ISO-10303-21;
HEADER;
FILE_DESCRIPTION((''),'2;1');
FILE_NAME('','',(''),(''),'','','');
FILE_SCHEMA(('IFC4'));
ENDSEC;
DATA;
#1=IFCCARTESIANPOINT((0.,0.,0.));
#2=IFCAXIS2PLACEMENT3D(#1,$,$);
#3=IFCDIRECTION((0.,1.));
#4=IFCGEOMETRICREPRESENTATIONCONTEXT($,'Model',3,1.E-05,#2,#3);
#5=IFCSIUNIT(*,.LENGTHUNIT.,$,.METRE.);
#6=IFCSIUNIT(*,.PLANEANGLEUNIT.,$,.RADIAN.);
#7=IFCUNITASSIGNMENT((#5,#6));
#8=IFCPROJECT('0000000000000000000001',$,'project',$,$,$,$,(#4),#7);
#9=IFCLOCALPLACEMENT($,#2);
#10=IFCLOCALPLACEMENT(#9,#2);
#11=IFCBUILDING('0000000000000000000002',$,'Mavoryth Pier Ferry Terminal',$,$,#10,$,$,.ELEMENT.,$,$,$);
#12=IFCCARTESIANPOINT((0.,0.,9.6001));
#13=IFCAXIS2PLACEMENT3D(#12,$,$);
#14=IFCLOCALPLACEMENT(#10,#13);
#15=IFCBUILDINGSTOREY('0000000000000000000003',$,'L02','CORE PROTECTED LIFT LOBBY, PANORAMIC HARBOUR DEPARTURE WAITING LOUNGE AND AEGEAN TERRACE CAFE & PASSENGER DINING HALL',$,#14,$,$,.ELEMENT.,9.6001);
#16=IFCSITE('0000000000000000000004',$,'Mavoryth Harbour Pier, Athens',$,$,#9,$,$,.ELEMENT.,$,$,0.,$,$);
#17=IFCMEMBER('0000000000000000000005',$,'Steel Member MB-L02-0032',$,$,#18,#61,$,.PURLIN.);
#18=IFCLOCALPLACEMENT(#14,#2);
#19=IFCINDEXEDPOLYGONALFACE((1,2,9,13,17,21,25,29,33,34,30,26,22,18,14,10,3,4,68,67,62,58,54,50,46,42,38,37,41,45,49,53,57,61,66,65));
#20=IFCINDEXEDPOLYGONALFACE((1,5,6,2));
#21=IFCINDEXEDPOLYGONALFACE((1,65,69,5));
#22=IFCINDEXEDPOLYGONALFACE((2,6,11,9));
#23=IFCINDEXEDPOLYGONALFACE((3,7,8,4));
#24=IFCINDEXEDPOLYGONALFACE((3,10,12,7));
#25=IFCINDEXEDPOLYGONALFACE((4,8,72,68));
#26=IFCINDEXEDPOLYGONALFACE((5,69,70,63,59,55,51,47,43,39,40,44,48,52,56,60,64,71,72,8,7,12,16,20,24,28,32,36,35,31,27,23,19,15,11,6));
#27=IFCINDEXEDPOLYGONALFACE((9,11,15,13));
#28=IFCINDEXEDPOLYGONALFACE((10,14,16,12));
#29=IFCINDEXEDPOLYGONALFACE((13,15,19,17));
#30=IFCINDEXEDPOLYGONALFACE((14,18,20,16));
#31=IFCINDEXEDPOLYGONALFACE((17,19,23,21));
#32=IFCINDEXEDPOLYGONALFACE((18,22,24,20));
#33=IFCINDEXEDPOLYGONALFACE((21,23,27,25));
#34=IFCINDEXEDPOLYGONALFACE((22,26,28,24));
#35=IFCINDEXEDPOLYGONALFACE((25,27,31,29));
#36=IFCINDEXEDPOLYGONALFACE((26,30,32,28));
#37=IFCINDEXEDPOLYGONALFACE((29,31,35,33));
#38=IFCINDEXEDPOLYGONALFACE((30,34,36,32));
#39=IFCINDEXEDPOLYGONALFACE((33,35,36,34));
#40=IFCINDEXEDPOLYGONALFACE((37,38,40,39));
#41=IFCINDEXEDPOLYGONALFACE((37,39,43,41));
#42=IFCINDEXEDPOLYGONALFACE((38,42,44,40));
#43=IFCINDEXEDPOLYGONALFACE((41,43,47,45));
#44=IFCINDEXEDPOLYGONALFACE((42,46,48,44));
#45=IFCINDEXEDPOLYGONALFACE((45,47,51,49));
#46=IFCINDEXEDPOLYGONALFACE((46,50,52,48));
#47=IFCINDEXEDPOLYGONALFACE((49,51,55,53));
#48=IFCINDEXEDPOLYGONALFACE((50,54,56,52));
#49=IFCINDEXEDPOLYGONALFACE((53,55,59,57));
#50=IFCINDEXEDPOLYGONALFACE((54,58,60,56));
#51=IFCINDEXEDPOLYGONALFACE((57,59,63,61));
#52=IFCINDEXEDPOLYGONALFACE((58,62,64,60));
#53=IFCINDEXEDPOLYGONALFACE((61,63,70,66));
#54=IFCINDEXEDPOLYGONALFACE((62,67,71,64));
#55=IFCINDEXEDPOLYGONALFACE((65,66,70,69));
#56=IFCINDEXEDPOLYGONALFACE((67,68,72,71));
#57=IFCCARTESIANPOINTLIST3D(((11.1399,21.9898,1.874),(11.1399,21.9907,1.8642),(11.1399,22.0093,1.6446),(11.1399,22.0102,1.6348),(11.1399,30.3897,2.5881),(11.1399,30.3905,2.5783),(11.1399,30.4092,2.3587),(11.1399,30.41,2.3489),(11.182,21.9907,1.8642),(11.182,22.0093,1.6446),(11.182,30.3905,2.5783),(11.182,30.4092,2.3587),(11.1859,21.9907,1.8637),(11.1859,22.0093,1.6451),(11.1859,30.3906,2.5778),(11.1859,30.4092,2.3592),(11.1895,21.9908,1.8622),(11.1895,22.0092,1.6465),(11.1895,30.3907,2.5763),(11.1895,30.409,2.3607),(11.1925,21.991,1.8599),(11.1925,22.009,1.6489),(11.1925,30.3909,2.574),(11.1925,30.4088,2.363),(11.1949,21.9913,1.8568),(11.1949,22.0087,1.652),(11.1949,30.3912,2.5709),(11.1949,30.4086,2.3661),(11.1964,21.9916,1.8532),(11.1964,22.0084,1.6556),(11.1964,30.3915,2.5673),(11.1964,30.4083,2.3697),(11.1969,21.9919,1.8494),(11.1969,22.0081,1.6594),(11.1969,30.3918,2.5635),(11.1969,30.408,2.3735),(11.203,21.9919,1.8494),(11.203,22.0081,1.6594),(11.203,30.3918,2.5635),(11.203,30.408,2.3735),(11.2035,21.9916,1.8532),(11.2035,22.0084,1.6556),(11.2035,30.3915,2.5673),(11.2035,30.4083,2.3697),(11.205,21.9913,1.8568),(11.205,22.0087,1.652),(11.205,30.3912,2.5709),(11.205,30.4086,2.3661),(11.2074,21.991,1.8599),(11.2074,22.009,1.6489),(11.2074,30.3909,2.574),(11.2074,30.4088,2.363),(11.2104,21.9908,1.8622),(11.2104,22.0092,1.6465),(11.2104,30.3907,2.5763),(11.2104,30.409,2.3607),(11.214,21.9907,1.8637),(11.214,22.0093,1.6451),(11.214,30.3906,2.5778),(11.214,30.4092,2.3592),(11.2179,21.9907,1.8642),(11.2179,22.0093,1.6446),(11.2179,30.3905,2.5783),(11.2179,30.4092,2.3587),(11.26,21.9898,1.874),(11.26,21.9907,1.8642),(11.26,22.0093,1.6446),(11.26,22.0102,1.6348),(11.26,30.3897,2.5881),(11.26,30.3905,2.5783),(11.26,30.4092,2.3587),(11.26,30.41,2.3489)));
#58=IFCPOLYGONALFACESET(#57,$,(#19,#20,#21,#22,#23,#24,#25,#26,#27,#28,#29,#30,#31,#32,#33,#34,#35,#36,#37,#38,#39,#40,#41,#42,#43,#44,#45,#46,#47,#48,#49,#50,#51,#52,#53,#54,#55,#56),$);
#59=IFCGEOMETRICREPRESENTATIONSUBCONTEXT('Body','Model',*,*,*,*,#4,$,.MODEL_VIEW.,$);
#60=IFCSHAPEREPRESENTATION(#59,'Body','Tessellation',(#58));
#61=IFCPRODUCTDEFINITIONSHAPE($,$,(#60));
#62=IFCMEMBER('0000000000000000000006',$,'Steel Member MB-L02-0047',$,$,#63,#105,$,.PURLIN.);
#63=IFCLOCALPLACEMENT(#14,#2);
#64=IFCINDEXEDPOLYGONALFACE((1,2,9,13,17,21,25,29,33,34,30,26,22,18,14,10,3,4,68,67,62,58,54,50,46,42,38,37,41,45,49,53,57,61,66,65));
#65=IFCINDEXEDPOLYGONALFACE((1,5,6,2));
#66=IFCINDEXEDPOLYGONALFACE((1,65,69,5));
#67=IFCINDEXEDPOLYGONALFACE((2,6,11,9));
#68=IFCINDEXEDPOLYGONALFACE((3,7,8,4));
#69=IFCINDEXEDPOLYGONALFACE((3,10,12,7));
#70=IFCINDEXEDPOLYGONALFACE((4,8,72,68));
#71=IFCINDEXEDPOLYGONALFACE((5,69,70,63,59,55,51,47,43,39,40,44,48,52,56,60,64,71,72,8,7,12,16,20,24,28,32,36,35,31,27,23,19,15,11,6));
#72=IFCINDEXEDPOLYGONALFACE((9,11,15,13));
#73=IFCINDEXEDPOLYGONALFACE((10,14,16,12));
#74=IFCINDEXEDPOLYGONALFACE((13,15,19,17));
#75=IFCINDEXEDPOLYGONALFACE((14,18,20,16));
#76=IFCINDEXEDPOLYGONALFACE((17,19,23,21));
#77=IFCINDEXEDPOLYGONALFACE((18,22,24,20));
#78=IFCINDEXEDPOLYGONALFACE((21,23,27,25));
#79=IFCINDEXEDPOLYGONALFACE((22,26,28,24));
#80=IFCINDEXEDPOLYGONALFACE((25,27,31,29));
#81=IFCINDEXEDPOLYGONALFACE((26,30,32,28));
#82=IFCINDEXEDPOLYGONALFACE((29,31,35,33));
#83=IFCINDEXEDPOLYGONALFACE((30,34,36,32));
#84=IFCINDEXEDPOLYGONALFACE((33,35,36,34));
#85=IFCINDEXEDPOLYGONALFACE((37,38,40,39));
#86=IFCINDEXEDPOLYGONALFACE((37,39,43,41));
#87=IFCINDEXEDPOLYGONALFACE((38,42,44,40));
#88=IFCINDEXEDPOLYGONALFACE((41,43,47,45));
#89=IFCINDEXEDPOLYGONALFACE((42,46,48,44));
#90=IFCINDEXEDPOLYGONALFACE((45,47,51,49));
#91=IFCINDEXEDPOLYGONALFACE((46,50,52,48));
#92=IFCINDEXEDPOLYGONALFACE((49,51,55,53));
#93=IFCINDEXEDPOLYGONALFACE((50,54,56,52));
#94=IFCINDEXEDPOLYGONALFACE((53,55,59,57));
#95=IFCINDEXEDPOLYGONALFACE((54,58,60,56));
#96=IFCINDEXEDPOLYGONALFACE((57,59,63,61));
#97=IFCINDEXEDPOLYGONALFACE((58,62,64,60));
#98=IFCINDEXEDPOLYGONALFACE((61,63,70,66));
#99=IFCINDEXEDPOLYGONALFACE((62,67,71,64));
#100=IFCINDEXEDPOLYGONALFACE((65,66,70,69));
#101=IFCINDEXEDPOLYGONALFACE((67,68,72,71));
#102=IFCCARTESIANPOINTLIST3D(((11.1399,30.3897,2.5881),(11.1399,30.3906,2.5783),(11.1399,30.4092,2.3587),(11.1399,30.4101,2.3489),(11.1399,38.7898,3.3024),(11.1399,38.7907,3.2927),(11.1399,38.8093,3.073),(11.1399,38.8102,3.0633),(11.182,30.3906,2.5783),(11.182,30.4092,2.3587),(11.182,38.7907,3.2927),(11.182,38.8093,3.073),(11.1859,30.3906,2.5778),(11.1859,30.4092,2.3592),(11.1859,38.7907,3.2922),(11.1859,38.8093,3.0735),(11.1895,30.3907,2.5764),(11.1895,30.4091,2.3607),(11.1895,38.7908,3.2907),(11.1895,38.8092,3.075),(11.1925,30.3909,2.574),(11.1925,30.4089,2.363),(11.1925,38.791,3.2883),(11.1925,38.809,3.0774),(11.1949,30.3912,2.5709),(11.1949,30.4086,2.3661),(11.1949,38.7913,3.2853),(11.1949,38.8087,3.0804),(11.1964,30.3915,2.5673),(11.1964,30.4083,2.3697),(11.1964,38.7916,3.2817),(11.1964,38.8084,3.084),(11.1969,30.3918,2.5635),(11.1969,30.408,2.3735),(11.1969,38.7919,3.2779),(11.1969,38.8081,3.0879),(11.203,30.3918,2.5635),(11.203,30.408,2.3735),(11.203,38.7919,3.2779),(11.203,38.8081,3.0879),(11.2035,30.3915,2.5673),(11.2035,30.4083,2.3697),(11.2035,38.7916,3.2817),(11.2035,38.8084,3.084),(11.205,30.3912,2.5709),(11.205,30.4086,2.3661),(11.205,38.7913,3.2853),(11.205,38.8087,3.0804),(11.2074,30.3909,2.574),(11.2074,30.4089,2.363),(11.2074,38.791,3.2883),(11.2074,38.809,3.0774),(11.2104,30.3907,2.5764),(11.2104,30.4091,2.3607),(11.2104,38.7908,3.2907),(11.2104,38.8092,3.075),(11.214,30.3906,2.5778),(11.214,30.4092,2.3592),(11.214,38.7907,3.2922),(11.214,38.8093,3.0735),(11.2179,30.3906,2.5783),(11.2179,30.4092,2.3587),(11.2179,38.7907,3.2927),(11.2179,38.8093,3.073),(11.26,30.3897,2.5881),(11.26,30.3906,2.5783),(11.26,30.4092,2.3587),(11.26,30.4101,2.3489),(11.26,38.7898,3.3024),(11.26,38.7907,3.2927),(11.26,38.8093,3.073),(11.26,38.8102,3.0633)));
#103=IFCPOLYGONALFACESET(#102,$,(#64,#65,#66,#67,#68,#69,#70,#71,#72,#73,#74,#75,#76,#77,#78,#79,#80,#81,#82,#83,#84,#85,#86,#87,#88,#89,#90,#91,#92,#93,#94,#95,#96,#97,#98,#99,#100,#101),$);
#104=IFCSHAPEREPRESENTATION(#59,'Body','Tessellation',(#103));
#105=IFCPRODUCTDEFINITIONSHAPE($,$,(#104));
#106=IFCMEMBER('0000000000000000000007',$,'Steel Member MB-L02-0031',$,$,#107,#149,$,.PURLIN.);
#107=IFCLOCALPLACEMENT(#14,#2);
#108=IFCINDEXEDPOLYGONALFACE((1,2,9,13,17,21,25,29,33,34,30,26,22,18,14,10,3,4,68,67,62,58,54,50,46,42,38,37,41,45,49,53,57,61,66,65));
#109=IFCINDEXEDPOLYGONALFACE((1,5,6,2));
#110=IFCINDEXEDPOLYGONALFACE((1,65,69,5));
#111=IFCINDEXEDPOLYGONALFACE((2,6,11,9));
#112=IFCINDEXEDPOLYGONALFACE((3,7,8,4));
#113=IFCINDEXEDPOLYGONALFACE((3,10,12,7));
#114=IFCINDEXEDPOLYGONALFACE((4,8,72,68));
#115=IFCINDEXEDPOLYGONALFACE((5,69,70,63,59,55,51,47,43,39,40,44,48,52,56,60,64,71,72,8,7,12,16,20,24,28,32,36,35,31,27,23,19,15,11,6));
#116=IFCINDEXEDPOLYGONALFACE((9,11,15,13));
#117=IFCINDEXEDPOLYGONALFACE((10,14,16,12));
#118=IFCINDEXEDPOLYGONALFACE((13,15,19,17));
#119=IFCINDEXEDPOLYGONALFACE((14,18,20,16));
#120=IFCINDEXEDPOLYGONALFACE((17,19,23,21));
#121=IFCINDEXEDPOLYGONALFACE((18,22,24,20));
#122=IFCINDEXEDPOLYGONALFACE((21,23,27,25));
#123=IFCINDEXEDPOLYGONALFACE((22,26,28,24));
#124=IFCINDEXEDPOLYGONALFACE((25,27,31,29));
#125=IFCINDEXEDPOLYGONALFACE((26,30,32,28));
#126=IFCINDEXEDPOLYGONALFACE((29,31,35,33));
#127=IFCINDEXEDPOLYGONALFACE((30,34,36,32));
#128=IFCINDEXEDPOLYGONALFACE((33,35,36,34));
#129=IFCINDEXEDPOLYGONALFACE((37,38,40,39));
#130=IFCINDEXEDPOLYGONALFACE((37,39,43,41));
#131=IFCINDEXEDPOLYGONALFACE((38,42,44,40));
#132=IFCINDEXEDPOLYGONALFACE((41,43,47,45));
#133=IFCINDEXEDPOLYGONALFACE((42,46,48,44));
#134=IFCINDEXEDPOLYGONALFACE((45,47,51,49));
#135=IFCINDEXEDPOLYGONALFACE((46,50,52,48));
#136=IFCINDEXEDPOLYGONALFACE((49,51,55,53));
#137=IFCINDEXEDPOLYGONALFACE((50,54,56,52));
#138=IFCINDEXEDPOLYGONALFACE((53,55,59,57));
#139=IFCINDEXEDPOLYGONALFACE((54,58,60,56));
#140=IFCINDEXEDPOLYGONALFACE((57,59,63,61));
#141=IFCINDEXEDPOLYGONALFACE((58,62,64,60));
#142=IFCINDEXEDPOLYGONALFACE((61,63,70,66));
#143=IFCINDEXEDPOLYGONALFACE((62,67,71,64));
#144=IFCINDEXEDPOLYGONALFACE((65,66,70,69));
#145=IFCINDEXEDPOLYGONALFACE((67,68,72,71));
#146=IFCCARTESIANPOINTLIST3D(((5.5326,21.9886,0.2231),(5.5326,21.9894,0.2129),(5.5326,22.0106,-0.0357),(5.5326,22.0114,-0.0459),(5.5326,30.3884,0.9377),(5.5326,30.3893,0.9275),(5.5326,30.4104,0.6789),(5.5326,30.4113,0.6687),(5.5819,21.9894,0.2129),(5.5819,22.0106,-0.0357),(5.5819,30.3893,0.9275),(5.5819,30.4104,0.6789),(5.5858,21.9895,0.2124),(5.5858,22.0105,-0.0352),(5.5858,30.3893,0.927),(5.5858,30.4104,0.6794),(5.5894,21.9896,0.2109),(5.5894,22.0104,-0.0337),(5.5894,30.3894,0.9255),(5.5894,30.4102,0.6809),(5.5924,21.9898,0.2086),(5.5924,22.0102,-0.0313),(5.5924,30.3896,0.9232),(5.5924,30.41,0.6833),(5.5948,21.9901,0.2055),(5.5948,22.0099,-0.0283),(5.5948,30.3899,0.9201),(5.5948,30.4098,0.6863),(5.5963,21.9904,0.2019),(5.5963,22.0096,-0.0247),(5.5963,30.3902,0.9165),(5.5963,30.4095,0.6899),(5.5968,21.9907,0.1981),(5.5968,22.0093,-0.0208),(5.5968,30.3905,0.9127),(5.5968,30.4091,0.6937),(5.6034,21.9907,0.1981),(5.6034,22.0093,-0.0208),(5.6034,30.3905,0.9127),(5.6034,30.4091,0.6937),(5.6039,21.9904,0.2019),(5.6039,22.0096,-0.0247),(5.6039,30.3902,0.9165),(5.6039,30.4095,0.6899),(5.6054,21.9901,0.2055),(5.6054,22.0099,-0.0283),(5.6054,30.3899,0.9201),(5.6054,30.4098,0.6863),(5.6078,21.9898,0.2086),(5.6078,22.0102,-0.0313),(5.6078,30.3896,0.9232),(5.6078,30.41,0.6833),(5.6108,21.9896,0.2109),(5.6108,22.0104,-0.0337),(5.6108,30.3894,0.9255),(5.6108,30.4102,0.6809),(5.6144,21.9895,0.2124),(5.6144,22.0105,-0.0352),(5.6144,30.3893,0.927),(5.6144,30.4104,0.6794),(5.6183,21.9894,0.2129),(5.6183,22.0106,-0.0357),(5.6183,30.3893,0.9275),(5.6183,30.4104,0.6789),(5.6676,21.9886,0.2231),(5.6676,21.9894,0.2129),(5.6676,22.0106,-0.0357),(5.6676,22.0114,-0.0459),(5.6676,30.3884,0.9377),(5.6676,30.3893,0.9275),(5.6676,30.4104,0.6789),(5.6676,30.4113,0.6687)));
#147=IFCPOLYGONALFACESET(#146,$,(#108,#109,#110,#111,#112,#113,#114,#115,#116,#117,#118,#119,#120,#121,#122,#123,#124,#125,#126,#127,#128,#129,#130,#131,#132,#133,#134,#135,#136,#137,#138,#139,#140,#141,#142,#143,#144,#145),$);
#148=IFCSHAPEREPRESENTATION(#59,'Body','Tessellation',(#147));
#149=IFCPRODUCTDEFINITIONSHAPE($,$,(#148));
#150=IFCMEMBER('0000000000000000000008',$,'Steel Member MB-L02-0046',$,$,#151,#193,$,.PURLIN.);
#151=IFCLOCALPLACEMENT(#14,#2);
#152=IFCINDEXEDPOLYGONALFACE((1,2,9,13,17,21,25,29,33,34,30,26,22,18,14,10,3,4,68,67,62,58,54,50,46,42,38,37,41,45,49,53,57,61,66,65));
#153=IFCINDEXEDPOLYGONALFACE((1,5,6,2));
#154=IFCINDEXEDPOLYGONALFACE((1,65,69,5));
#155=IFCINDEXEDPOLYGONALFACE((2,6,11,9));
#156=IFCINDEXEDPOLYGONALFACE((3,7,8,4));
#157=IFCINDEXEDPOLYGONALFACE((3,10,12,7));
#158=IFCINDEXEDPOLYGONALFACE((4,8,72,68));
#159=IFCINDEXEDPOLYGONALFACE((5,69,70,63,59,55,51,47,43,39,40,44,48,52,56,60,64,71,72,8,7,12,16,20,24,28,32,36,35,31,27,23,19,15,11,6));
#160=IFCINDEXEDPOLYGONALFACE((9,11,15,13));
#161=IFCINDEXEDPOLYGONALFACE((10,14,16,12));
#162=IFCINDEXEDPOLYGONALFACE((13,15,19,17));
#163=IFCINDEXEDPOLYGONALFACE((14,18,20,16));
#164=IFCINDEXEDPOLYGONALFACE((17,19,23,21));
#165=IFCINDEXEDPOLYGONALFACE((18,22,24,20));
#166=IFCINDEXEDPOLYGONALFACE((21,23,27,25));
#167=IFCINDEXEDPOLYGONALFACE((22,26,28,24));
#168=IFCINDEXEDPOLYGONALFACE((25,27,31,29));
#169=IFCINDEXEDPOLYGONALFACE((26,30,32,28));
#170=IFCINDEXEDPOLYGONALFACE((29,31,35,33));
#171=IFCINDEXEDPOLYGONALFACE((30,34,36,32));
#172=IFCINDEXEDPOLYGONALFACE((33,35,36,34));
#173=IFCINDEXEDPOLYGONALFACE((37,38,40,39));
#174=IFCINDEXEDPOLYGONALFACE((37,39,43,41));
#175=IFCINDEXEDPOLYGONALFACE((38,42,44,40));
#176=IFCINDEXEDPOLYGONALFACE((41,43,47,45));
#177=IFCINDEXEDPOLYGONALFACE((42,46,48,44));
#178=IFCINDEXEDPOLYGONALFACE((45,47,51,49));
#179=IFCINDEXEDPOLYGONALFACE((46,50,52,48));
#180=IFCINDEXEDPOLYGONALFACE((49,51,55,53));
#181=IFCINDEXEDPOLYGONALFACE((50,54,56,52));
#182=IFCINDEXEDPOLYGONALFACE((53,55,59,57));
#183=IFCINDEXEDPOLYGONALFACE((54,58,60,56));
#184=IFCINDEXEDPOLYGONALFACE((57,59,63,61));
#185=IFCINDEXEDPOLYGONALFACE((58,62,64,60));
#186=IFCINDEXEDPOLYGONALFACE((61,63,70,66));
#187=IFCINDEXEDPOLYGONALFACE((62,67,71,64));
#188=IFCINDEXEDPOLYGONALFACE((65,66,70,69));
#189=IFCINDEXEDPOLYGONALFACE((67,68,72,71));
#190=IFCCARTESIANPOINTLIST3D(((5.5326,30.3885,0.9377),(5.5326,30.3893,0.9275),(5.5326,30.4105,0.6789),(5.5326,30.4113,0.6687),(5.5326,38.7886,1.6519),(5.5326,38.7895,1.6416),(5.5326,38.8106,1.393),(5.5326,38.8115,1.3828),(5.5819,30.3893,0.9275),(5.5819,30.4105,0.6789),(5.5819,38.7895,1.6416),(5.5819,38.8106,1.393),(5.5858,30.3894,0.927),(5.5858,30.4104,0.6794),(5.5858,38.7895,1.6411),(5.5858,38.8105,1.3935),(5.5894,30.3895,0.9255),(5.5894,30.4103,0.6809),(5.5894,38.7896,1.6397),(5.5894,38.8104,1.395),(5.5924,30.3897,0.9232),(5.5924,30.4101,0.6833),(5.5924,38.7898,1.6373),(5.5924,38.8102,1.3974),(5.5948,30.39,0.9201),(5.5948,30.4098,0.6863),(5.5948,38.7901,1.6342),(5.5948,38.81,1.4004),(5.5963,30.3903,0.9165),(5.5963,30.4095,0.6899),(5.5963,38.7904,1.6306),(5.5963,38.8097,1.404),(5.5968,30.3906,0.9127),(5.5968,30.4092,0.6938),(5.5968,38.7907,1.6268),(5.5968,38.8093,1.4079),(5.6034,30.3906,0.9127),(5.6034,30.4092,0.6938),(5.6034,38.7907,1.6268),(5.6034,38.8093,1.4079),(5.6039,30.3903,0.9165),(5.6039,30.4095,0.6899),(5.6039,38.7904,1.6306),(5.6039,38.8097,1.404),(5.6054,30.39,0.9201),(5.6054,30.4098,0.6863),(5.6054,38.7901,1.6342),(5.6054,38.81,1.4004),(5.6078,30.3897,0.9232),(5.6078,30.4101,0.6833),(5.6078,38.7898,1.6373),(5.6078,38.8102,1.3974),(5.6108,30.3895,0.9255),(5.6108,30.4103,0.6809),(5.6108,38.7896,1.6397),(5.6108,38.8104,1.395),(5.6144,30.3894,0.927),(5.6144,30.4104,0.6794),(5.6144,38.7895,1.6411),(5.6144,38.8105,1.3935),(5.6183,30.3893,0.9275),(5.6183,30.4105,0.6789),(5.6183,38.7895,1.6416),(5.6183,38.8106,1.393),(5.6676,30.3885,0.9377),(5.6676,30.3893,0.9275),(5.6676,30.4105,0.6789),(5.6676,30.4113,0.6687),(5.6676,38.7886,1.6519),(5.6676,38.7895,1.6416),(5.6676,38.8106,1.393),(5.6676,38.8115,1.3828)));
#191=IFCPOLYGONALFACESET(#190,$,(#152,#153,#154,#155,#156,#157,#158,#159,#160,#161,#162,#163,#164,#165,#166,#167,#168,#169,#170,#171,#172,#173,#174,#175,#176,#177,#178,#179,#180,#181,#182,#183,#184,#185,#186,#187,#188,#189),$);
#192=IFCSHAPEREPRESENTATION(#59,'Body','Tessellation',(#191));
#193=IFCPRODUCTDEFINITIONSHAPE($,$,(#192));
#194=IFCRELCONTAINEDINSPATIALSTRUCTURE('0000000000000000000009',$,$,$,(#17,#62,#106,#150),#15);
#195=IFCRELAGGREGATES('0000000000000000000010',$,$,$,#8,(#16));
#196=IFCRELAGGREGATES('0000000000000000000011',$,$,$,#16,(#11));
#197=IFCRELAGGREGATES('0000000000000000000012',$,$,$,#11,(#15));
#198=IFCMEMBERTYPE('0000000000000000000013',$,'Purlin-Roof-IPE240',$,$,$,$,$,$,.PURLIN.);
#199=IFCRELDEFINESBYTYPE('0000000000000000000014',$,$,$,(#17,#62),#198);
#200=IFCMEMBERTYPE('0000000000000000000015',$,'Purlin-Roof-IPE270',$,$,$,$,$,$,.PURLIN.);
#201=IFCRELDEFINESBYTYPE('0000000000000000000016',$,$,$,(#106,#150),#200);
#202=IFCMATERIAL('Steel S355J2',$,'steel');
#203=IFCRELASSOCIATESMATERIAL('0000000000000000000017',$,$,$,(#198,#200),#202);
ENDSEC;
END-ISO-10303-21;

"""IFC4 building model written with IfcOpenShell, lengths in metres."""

from ifc_helpers import new_model, si_unit, direction, frame, origin, origin_2d, place, context, subcontext, project, spatial, i_section, extrude, material, material_profile, profile_set, type_object, element, save


model = new_model("IFC4")

# Units and contexts
model_context = context("Model", 3, precision=1e-05, world=origin(), true_north=direction((0.0, 1.0)))
body_context = subcontext(model_context, "Body", "Model", "MODEL_VIEW")
ifc_project = project(units=[si_unit("LENGTHUNIT", "METRE"), si_unit("PLANEANGLEUNIT", "RADIAN")], contexts=[model_context])

# Site, building, storey
site_placement = place(None, origin())
site = spatial("IfcSite", under=ifc_project, at=site_placement, Name="Mavoryth Harbour Pier, Athens", CompositionType="ELEMENT", RefElevation=0.0)
building_placement = place(site_placement, origin())
building = spatial("IfcBuilding", under=site, at=building_placement, Name="Mavoryth Pier Ferry Terminal", CompositionType="ELEMENT")
storey_placement = place(building_placement, frame((0.0, 0.0, 9.6001)))
storey = spatial("IfcBuildingStorey", under=building, at=storey_placement, Name="L02", Description="CORE PROTECTED LIFT LOBBY, PANORAMIC HARBOUR DEPARTURE WAITING LOUNGE AND AEGEAN TERRACE CAFE & PASSENGER DINING HALL", CompositionType="ELEMENT", Elevation=9.6001)

# Members
ifc_material_1 = material(Name="Steel S355J2", Category="steel")
ifc_material_profile_1 = material_profile(ifc_material_1, i_section(OverallWidth=0.1201, OverallDepth=0.24, WebThickness=0.0061, FlangeThickness=0.0098, FilletRadius=0.0149, at=origin_2d()), Name="IPE 240", Category="steel")
ifc_profile_set_1 = profile_set([ifc_material_profile_1], Name="Steel S355J2 - IPE 240")
member_type_1 = type_object("IfcMemberType", Name="Purlin-Roof-IPE240", PredefinedType="PURLIN", material=ifc_profile_set_1)
member_1_placement = place(storey_placement, frame((11.2, 22.0, 1.7544), z_axis=(0.0, 0.996406, 0.084709), x_axis=(-1.0, 0.0, 0.0)))
element("IfcMember", 1, at=member_1_placement, inside=storey, type_object=member_type_1, Name="Steel Member MB-L02-0032", PredefinedType="PURLIN", context=body_context, shape_type="SweptSolid", body=[
    extrude(i_section(OverallWidth=0.1201, OverallDepth=0.24, WebThickness=0.0061, FlangeThickness=0.0098, FilletRadius=0.0149, at=origin_2d()), origin(), (0.0, 0.0, 1.0), 8.4302),
])
member_2_placement = place(storey_placement, frame((11.2, 30.3999, 2.4685), z_axis=(0.0, 0.996404, 0.084735), x_axis=(-1.0, 0.0, 0.0)))
element("IfcMember", 2, at=member_2_placement, inside=storey, type_object=member_type_1, Name="Steel Member MB-L02-0047", PredefinedType="PURLIN", context=body_context, shape_type="SweptSolid", body=[
    extrude(i_section(OverallWidth=0.1201, OverallDepth=0.24, WebThickness=0.0061, FlangeThickness=0.0098, FilletRadius=0.0149, at=origin_2d()), origin(), (0.0, 0.0, 1.0), 8.4304),
])
ifc_material_profile_2 = material_profile(ifc_material_1, i_section(OverallWidth=0.135, OverallDepth=0.27, WebThickness=0.0066, FlangeThickness=0.0103, FilletRadius=0.0149, at=origin_2d()), Name="IPE 270", Category="steel")
ifc_profile_set_2 = profile_set([ifc_material_profile_2], Name="Steel S355J2 - IPE 270")
member_type_2 = type_object("IfcMemberType", Name="Purlin-Roof-IPE270", PredefinedType="PURLIN", material=ifc_profile_set_2)
member_3_placement = place(storey_placement, frame((5.6001, 22.0, 0.0886), z_axis=(0.0, 0.996401, 0.084766), x_axis=(-1.0, 0.0, 0.0)))
element("IfcMember", 3, at=member_3_placement, inside=storey, type_object=member_type_2, Name="Steel Member MB-L02-0031", PredefinedType="PURLIN", context=body_context, shape_type="SweptSolid", body=[
    extrude(i_section(OverallWidth=0.135, OverallDepth=0.27, WebThickness=0.0066, FlangeThickness=0.0103, FilletRadius=0.0149, at=origin_2d()), origin(), (0.0, 0.0, 1.0), 8.4302),
])
member_4_placement = place(storey_placement, frame((5.6001, 30.3999, 0.8032), z_axis=(0.0, 0.996406, 0.084706), x_axis=(-1.0, 0.0, 0.0)))
element("IfcMember", 4, at=member_4_placement, inside=storey, type_object=member_type_2, Name="Steel Member MB-L02-0046", PredefinedType="PURLIN", context=body_context, shape_type="SweptSolid", body=[
    extrude(i_section(OverallWidth=0.135, OverallDepth=0.27, WebThickness=0.0066, FlangeThickness=0.0103, FilletRadius=0.0149, at=origin_2d()), origin(), (0.0, 0.0, 1.0), 8.4304),
])

save(model, "model.ifc")
